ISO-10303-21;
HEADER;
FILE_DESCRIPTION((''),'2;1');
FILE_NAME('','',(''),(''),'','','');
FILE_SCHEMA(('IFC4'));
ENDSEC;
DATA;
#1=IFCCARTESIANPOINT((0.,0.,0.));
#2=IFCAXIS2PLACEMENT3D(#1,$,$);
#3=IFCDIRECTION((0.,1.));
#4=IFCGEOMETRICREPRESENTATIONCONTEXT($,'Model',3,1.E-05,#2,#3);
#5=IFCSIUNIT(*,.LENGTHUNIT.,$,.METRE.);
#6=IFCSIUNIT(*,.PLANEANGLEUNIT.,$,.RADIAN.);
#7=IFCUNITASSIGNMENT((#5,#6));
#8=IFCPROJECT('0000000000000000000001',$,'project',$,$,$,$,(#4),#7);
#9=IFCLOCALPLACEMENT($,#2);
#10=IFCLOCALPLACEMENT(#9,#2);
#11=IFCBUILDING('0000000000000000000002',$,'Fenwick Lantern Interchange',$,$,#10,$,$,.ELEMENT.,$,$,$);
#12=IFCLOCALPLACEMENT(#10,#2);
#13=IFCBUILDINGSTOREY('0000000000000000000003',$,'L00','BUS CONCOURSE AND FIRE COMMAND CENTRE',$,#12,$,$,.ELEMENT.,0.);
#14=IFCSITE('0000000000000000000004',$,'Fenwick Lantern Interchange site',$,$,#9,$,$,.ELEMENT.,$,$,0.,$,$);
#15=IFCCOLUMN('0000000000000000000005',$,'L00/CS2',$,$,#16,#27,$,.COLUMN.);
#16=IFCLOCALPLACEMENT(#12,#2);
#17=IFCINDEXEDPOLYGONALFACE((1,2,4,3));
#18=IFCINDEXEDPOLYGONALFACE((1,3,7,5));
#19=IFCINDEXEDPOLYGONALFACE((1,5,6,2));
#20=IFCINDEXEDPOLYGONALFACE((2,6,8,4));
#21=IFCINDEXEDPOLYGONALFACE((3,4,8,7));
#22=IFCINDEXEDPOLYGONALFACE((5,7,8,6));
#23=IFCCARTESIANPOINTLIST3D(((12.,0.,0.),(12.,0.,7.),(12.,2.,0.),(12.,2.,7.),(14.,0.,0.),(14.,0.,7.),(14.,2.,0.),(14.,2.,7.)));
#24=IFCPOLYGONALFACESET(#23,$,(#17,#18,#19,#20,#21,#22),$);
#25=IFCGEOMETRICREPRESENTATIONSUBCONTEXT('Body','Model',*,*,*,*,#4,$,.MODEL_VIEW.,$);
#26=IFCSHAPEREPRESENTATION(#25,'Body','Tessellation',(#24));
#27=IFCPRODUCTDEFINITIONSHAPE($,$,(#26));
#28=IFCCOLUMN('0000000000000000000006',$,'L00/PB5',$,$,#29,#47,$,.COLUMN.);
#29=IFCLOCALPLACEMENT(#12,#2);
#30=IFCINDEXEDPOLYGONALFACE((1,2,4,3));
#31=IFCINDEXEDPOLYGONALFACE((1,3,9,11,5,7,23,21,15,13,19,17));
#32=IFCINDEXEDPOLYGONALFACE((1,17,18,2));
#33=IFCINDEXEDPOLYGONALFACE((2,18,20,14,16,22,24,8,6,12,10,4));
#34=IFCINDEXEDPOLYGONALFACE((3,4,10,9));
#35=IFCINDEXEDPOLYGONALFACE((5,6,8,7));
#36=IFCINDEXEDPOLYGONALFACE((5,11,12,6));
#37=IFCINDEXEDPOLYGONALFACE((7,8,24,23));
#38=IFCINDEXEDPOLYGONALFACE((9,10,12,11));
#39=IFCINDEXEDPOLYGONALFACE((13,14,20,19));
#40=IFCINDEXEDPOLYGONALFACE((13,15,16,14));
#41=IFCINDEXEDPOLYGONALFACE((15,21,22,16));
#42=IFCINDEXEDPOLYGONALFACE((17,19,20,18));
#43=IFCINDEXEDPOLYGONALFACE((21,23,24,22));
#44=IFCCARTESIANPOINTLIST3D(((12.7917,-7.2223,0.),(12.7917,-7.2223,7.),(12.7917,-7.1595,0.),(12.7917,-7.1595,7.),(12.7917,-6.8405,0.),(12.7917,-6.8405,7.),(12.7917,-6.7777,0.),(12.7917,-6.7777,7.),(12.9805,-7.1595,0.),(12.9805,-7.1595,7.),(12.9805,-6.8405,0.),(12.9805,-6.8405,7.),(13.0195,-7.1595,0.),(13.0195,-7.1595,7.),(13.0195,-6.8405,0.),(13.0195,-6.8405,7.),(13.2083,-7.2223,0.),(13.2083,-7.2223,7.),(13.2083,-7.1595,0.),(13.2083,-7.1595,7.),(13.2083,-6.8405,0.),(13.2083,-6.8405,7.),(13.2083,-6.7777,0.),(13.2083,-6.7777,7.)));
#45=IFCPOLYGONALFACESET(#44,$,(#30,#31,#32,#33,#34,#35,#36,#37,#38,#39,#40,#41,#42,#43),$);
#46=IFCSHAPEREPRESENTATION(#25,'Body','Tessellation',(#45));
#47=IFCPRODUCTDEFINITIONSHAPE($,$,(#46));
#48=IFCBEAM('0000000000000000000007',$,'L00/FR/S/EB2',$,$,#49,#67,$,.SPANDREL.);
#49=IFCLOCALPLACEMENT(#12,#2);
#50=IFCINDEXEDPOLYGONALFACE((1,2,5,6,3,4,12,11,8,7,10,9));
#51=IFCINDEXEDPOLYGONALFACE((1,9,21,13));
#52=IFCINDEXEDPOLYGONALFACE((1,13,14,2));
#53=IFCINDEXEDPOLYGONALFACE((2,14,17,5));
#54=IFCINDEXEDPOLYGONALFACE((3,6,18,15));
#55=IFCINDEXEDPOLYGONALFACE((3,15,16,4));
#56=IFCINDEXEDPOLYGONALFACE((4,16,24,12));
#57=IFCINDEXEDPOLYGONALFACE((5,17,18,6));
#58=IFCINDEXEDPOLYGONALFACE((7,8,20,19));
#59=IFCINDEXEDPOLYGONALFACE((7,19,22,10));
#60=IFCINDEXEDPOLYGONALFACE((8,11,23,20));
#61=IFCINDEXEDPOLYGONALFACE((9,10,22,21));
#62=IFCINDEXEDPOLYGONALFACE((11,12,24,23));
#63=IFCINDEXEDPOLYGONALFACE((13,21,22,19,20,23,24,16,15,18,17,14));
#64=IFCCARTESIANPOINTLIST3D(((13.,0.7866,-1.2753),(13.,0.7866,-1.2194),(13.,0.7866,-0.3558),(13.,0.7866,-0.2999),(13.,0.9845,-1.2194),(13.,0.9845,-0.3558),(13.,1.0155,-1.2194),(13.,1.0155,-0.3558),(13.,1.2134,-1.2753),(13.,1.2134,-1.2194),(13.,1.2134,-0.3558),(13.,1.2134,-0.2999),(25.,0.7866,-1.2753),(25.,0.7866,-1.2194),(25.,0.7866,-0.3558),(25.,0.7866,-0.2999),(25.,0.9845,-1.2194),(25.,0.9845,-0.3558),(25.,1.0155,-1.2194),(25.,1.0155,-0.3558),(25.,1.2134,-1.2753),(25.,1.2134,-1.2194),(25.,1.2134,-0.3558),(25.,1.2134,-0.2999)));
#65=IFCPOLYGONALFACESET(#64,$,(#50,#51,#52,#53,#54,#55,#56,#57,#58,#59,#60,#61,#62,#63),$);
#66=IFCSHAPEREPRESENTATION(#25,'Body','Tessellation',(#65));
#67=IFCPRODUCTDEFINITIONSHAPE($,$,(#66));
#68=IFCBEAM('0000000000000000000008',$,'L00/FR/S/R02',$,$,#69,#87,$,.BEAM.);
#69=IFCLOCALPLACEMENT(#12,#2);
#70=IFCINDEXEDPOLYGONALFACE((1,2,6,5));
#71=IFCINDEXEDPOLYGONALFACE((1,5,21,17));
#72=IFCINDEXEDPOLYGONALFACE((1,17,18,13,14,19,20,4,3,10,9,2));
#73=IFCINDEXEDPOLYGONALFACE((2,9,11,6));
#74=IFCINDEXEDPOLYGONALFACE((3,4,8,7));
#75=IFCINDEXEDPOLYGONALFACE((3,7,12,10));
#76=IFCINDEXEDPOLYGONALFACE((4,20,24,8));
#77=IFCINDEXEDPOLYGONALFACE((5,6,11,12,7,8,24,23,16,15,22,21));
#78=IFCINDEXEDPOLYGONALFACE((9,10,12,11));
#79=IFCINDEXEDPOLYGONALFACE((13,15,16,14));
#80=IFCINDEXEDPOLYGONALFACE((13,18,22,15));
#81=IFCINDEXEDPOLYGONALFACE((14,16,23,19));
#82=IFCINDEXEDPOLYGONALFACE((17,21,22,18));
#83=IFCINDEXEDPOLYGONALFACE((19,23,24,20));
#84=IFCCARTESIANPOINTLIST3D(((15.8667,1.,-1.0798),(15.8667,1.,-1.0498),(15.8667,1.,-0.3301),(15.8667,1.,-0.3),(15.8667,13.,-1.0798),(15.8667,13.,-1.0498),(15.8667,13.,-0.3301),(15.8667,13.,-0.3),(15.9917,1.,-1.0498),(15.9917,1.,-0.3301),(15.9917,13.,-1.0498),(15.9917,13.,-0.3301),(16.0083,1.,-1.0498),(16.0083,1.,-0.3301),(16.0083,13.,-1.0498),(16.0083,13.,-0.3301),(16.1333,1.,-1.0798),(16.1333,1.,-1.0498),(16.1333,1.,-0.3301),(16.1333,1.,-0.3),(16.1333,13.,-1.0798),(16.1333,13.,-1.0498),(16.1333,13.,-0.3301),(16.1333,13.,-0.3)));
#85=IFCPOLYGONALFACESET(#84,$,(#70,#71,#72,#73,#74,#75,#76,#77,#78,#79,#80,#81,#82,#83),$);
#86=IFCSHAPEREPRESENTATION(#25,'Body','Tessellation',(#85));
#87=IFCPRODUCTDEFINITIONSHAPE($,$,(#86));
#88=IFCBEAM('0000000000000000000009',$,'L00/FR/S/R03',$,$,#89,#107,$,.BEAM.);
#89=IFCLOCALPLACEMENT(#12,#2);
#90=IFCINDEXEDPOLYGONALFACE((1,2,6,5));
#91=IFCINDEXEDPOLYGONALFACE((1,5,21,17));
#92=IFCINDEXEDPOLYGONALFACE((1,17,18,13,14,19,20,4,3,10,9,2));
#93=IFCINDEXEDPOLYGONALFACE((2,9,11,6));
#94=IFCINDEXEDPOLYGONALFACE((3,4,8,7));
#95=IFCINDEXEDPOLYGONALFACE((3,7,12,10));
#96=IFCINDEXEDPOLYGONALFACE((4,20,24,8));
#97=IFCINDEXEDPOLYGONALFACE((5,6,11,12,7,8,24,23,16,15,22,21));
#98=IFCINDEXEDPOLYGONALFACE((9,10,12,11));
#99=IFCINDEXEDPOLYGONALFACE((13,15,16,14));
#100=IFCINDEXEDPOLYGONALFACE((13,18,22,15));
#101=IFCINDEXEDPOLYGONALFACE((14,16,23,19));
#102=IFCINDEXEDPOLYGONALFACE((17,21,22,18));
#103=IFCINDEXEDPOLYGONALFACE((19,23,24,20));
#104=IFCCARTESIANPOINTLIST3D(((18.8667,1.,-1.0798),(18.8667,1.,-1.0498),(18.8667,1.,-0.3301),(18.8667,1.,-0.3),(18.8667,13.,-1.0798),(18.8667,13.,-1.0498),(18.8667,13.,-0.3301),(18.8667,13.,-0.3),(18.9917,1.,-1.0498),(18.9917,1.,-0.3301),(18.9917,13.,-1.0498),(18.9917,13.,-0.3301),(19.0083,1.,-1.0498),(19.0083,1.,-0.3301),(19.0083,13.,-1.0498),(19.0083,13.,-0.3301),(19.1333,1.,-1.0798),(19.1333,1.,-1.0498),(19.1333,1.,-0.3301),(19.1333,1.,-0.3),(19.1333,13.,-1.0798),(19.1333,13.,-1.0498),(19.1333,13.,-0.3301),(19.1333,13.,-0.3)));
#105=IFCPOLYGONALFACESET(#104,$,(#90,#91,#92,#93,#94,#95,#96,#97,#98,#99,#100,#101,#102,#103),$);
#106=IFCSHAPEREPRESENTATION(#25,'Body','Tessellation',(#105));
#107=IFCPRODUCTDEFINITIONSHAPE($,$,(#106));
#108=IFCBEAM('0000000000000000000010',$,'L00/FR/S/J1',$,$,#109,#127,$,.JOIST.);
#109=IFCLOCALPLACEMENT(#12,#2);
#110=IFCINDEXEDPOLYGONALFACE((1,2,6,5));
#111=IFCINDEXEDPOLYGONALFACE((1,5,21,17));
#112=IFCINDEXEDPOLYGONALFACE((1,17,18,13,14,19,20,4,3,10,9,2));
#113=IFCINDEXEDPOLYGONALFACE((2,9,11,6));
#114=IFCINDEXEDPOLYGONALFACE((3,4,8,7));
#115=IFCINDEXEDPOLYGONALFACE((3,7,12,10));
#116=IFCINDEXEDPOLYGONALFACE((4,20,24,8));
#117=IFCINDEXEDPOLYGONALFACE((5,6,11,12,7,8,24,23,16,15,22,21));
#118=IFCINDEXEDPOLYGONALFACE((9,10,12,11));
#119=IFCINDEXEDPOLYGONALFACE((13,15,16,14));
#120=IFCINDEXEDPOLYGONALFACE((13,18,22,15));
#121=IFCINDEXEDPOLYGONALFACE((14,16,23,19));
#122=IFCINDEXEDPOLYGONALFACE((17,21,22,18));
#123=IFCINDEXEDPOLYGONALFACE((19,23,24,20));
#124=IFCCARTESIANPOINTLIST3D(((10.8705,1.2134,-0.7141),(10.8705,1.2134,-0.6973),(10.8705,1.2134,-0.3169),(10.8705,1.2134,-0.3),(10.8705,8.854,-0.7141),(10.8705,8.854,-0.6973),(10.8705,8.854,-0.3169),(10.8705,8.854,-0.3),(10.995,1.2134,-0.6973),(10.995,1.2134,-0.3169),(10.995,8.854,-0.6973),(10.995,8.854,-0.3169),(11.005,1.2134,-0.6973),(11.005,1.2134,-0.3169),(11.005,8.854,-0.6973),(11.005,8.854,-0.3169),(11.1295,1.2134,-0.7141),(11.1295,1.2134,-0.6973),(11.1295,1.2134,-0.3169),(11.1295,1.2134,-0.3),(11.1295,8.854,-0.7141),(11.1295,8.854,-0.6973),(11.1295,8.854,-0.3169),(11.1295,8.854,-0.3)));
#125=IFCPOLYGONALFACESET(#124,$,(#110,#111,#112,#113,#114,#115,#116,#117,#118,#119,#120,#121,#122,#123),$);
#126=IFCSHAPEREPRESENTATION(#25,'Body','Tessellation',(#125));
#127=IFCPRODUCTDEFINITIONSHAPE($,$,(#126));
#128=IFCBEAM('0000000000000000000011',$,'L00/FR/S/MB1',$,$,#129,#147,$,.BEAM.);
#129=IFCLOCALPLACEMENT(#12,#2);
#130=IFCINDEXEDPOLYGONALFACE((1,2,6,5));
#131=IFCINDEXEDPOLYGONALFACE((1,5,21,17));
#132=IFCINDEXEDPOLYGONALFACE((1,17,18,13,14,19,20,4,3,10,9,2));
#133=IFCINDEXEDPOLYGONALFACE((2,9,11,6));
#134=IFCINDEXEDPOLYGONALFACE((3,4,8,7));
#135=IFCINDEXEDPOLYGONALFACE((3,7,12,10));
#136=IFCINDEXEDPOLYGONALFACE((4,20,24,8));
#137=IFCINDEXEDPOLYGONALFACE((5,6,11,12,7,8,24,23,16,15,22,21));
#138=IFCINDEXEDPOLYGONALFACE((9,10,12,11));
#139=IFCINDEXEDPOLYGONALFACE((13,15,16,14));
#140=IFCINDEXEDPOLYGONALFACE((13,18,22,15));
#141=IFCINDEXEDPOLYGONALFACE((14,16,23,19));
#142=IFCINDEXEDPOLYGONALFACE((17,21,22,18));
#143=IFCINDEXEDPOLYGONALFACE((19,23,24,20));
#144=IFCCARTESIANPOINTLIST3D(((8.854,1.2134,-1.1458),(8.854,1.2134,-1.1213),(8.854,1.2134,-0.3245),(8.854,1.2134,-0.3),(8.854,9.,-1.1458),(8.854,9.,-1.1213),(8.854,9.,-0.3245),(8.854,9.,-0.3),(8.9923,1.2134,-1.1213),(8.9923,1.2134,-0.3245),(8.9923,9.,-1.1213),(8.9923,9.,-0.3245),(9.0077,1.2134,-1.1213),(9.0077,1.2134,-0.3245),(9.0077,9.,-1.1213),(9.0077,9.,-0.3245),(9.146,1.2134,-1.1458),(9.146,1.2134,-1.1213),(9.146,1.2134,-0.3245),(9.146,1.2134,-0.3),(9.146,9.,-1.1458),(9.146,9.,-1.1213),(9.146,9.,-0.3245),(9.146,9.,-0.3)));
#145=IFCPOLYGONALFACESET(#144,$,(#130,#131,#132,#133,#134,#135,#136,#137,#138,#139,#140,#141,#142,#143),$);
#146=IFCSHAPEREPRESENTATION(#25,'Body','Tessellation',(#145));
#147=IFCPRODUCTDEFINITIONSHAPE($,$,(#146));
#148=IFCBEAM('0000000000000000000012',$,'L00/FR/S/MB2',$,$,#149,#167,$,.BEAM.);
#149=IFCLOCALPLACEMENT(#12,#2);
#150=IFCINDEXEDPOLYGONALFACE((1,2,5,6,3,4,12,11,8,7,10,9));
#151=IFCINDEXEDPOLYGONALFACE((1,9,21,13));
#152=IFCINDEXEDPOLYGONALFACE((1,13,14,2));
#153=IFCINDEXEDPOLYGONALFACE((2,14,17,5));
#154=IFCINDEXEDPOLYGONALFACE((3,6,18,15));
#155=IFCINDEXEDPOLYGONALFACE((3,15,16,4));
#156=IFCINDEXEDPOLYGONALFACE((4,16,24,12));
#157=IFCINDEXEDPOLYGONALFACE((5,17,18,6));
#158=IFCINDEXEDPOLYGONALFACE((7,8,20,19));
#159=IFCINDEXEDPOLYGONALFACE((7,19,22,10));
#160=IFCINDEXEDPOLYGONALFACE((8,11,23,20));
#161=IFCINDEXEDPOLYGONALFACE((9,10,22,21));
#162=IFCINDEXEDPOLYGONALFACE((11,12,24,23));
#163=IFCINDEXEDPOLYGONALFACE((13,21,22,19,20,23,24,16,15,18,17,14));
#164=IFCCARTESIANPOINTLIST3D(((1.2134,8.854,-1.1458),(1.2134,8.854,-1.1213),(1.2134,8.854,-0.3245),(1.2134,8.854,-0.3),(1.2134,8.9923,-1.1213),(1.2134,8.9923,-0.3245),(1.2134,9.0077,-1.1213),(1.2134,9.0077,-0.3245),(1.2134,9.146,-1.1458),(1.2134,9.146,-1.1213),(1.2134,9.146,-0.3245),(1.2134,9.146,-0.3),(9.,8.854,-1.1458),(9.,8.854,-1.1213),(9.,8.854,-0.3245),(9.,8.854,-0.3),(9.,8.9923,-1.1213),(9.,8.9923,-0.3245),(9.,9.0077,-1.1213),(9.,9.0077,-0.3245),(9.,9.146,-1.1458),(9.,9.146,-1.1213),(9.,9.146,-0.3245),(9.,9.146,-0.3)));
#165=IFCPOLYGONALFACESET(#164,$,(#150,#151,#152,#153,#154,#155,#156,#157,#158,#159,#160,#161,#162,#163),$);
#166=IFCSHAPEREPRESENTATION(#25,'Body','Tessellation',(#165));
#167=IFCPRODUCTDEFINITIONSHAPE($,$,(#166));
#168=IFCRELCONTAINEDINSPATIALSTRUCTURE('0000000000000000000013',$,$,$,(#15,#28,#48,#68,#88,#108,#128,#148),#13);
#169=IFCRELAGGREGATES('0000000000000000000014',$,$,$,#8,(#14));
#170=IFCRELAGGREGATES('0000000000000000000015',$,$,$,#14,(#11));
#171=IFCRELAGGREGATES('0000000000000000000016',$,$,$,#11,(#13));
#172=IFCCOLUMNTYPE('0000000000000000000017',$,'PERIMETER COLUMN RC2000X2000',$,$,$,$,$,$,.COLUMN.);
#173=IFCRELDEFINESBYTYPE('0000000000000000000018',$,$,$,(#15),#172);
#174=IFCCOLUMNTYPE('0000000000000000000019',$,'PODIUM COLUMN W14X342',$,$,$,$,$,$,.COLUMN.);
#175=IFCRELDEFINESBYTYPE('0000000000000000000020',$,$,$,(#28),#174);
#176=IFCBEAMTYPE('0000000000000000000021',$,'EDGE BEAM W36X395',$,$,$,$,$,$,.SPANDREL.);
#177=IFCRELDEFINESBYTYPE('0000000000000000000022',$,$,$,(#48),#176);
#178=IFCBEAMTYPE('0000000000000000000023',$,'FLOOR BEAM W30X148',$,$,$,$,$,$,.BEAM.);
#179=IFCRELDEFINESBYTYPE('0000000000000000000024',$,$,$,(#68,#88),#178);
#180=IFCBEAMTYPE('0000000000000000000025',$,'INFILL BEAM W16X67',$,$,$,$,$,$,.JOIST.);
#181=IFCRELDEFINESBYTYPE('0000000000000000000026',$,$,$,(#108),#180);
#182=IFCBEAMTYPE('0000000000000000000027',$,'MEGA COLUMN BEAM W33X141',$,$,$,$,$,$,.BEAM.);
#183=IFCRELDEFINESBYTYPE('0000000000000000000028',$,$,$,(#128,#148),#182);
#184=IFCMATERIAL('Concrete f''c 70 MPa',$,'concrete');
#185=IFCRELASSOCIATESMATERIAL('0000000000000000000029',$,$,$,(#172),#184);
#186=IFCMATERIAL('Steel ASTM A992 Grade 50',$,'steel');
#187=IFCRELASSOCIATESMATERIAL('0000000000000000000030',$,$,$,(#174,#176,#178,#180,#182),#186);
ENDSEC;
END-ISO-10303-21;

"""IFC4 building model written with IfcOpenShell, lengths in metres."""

from ifc_helpers import new_model, si_unit, direction, frame, origin, origin_2d, place, context, subcontext, project, spatial, rectangle, i_section, extrude, material, material_profile, profile_set, type_object, element, save


model = new_model("IFC4")

# Units and contexts
model_context = context("Model", 3, precision=1e-05, world=origin(), true_north=direction((0.0, 1.0)))
body_context = subcontext(model_context, "Body", "Model", "MODEL_VIEW")
ifc_project = project(units=[si_unit("LENGTHUNIT", "METRE"), si_unit("PLANEANGLEUNIT", "RADIAN")], contexts=[model_context])

# Site, building, storey
site_placement = place(None, origin())
site = spatial("IfcSite", under=ifc_project, at=site_placement, Name="Fenwick Lantern Interchange site", CompositionType="ELEMENT", RefElevation=0.0)
building_placement = place(site_placement, origin())
building = spatial("IfcBuilding", under=site, at=building_placement, Name="Fenwick Lantern Interchange", CompositionType="ELEMENT")
storey_placement = place(building_placement, origin())
storey = spatial("IfcBuildingStorey", under=building, at=storey_placement, Name="L00", Description="BUS CONCOURSE AND FIRE COMMAND CENTRE", CompositionType="ELEMENT", Elevation=0.0)

# Columns
ifc_material_1 = material(Name="Concrete f'c 70 MPa", Category="concrete")
ifc_material_profile_1 = material_profile(ifc_material_1, rectangle(XDim=2.0, YDim=2.0, at=origin_2d()), Name="RC2000X2000")
ifc_profile_set_1 = profile_set([ifc_material_profile_1], Name="Concrete f'c 70 MPa")
column_type_1 = type_object("IfcColumnType", Name="PERIMETER COLUMN RC2000X2000", PredefinedType="COLUMN", material=ifc_profile_set_1)
column_1_placement = place(storey_placement, frame((13.0, 1.0, 0.0), z_axis=(0.0, 0.0, 1.0), x_axis=(1.0, 0.0, 0.0)))
element("IfcColumn", 1, at=column_1_placement, inside=storey, type_object=column_type_1, Name="L00/CS2", PredefinedType="COLUMN", context=body_context, shape_type="SweptSolid", body=[
    extrude(rectangle(XDim=2.0, YDim=2.0, at=origin_2d()), origin(), (0.0, 0.0, 1.0), 7.0),
])
ifc_material_2 = material(Name="Steel ASTM A992 Grade 50", Category="steel")
ifc_material_profile_2 = material_profile(ifc_material_2, i_section(OverallWidth=0.4165, OverallDepth=0.4446, WebThickness=0.0391, FlangeThickness=0.0627, at=origin_2d()), Name="W14X342")
ifc_profile_set_2 = profile_set([ifc_material_profile_2], Name="Steel ASTM A992 Grade 50")
column_type_2 = type_object("IfcColumnType", Name="PODIUM COLUMN W14X342", PredefinedType="COLUMN", material=ifc_profile_set_2)
column_2_placement = place(storey_placement, frame((13.0, -7.0, 0.0), z_axis=(0.0, 0.0, 1.0), x_axis=(1.0, 0.0, 0.0)))
element("IfcColumn", 2, at=column_2_placement, inside=storey, type_object=column_type_2, Name="L00/PB5", PredefinedType="COLUMN", context=body_context, shape_type="SweptSolid", body=[
    extrude(i_section(OverallWidth=0.4165, OverallDepth=0.4446, WebThickness=0.0391, FlangeThickness=0.0627, at=origin_2d()), origin(), (0.0, 0.0, 1.0), 7.0),
])

# Beams
ifc_material_profile_3 = material_profile(ifc_material_2, i_section(OverallWidth=0.4268, OverallDepth=0.9753, WebThickness=0.031, FlangeThickness=0.0559, at=origin_2d()), Name="W36X395")
ifc_profile_set_3 = profile_set([ifc_material_profile_3], Name="Steel ASTM A992 Grade 50")
beam_type_1 = type_object("IfcBeamType", Name="EDGE BEAM W36X395", PredefinedType="SPANDREL", material=ifc_profile_set_3)
beam_1_placement = place(storey_placement, frame((13.0, 1.0, -0.7876), z_axis=(1.0, 0.0, 0.0), x_axis=(0.0, 1.0, 0.0)))
element("IfcBeam", 3, at=beam_1_placement, inside=storey, type_object=beam_type_1, Name="L00/FR/S/EB2", PredefinedType="SPANDREL", context=body_context, shape_type="SweptSolid", body=[
    extrude(i_section(OverallWidth=0.4268, OverallDepth=0.9753, WebThickness=0.031, FlangeThickness=0.0559, at=origin_2d()), origin(), (0.0, 0.0, 1.0), 12.0),
])
ifc_material_profile_4 = material_profile(ifc_material_2, i_section(OverallWidth=0.2666, OverallDepth=0.7798, WebThickness=0.0166, FlangeThickness=0.03, at=origin_2d()), Name="W30X148")
ifc_profile_set_4 = profile_set([ifc_material_profile_4], Name="Steel ASTM A992 Grade 50")
beam_type_2 = type_object("IfcBeamType", Name="FLOOR BEAM W30X148", PredefinedType="BEAM", material=ifc_profile_set_4)
for number, where, z_axis, x_axis, name in (
    (4, (16.0, 1.0, -0.6899), (0.0, 1.0, 0.0), (-1.0, 0.0, 0.0), "L00/FR/S/R02"),
    (5, (19.0, 1.0, -0.6899), (0.0, 1.0, 0.0), (-1.0, 0.0, 0.0), "L00/FR/S/R03"),
):
    element("IfcBeam", number, at=place(storey_placement, frame(where, z_axis=z_axis, x_axis=x_axis)), inside=storey, type_object=beam_type_2, Name=name, PredefinedType="BEAM", context=body_context, shape_type="SweptSolid", body=[
        extrude(i_section(OverallWidth=0.2666, OverallDepth=0.7798, WebThickness=0.0166, FlangeThickness=0.03, at=origin_2d()), origin(), (0.0, 0.0, 1.0), 12.0),
    ])
ifc_material_profile_5 = material_profile(ifc_material_2, i_section(OverallWidth=0.259, OverallDepth=0.4141, WebThickness=0.01, FlangeThickness=0.0168, at=origin_2d()), Name="W16X67")
ifc_profile_set_5 = profile_set([ifc_material_profile_5], Name="Steel ASTM A992 Grade 50")
beam_type_3 = type_object("IfcBeamType", Name="INFILL BEAM W16X67", PredefinedType="JOIST", material=ifc_profile_set_5)
beam_2_placement = place(storey_placement, frame((11.0, 1.2134, -0.5071), z_axis=(0.0, 1.0, 0.0), x_axis=(-1.0, 0.0, 0.0)))
element("IfcBeam", 6, at=beam_2_placement, inside=storey, type_object=beam_type_3, Name="L00/FR/S/J1", PredefinedType="JOIST", context=body_context, shape_type="SweptSolid", body=[
    extrude(i_section(OverallWidth=0.259, OverallDepth=0.4141, WebThickness=0.01, FlangeThickness=0.0168, at=origin_2d()), origin(), (0.0, 0.0, 1.0), 7.6406),
])
ifc_material_profile_6 = material_profile(ifc_material_2, i_section(OverallWidth=0.292, OverallDepth=0.8457, WebThickness=0.0154, FlangeThickness=0.0244, at=origin_2d()), Name="W33X141")
ifc_profile_set_6 = profile_set([ifc_material_profile_6], Name="Steel ASTM A992 Grade 50")
beam_type_4 = type_object("IfcBeamType", Name="MEGA COLUMN BEAM W33X141", PredefinedType="BEAM", material=ifc_profile_set_6)
for number, where, z_axis, x_axis, name in (
    (7, (9.0, 9.0, -0.7229), (0.0, -1.0, 0.0), (1.0, 0.0, 0.0), "L00/FR/S/MB1"),
    (8, (9.0, 9.0, -0.7229), (-1.0, 0.0, 0.0), (0.0, -1.0, 0.0), "L00/FR/S/MB2"),
):
    element("IfcBeam", number, at=place(storey_placement, frame(where, z_axis=z_axis, x_axis=x_axis)), inside=storey, type_object=beam_type_4, Name=name, PredefinedType="BEAM", context=body_context, shape_type="SweptSolid", body=[
        extrude(i_section(OverallWidth=0.292, OverallDepth=0.8457, WebThickness=0.0154, FlangeThickness=0.0244, at=origin_2d()), origin(), (0.0, 0.0, 1.0), 7.7866),
    ])

save(model, "model.ifc")
